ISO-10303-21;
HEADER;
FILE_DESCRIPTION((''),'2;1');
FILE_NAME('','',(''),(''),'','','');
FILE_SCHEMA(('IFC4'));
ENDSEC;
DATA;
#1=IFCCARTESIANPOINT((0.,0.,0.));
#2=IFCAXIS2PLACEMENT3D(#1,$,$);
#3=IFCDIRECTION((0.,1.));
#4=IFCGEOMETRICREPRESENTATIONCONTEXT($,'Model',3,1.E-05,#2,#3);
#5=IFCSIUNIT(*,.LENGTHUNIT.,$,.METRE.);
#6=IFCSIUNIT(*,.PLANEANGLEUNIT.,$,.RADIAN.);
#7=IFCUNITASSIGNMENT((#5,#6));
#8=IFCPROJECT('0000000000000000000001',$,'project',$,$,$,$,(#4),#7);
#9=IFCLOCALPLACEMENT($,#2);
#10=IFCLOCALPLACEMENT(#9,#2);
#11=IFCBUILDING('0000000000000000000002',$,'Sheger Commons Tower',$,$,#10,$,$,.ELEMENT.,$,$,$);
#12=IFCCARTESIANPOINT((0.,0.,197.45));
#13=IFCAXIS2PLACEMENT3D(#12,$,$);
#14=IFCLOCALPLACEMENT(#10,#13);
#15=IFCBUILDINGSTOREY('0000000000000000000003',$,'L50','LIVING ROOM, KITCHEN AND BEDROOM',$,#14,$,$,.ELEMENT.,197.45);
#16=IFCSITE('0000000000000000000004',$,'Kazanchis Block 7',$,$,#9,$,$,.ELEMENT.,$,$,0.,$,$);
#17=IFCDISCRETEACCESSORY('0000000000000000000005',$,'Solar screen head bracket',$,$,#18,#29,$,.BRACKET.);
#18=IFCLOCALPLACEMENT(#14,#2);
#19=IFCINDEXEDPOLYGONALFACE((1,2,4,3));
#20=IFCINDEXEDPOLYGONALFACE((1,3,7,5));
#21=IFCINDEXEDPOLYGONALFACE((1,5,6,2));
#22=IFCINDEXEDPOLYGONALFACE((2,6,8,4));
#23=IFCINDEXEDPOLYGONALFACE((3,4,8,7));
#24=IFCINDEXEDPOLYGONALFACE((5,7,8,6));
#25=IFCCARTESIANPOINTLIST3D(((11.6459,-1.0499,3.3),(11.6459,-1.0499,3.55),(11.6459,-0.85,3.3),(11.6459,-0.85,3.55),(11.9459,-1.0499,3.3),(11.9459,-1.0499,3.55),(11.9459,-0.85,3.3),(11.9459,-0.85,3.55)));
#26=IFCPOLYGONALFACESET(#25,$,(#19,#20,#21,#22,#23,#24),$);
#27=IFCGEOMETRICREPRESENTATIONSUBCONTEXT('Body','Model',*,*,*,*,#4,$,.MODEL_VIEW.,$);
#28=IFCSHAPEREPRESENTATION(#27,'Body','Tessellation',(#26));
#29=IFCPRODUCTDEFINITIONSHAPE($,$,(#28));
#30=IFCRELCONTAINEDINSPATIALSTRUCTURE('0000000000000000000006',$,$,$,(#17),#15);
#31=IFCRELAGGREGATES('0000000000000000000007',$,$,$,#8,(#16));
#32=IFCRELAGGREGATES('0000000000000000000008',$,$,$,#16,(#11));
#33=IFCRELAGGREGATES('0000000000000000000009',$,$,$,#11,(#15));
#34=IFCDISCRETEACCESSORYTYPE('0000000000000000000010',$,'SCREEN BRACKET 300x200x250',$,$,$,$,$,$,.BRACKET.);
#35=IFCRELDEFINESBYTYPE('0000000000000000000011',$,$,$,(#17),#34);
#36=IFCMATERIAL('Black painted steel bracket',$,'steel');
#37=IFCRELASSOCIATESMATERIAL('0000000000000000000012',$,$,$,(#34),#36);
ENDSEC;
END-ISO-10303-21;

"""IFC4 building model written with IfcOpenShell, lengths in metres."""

from ifc_helpers import new_model, si_unit, direction, frame, origin, origin_2d, place, context, subcontext, project, spatial, rectangle, extrude, material, type_object, element, save


model = new_model("IFC4")

# Units and contexts
model_context = context("Model", 3, precision=1e-05, world=origin(), true_north=direction((0.0, 1.0)))
body_context = subcontext(model_context, "Body", "Model", "MODEL_VIEW")
ifc_project = project(units=[si_unit("LENGTHUNIT", "METRE"), si_unit("PLANEANGLEUNIT", "RADIAN")], contexts=[model_context])

# Site, building, storey
site_placement = place(None, origin())
site = spatial("IfcSite", under=ifc_project, at=site_placement, Name="Kazanchis Block 7", CompositionType="ELEMENT", RefElevation=0.0)
building_placement = place(site_placement, origin())
building = spatial("IfcBuilding", under=site, at=building_placement, Name="Sheger Commons Tower", CompositionType="ELEMENT")
storey_placement = place(building_placement, frame((0.0, 0.0, 197.45)))
storey = spatial("IfcBuildingStorey", under=building, at=storey_placement, Name="L50", Description="LIVING ROOM, KITCHEN AND BEDROOM", CompositionType="ELEMENT", Elevation=197.45)

# Discrete accessory
ifc_material_1 = material(Name="Black painted steel bracket", Category="steel")
discrete_accessory_type = type_object("IfcDiscreteAccessoryType", Name="SCREEN BRACKET 300x200x250", PredefinedType="BRACKET", material=ifc_material_1)
for number, where, z_axis, x_axis, name in (
    (1, (11.7959, -0.95, 3.3), (0.0, 0.0, 1.0), (1.0, 0.0, 0.0), "Solar screen head bracket"),
):
    element("IfcDiscreteAccessory", number, at=place(storey_placement, frame(where, z_axis=z_axis, x_axis=x_axis)), inside=storey, type_object=discrete_accessory_type, Name=name, PredefinedType="BRACKET", context=body_context, shape_type="SweptSolid", body=[
        extrude(rectangle(XDim=0.3, YDim=0.2, at=origin_2d()), origin(), (0.0, 0.0, 1.0), 0.25),
    ])

save(model, "model.ifc")
